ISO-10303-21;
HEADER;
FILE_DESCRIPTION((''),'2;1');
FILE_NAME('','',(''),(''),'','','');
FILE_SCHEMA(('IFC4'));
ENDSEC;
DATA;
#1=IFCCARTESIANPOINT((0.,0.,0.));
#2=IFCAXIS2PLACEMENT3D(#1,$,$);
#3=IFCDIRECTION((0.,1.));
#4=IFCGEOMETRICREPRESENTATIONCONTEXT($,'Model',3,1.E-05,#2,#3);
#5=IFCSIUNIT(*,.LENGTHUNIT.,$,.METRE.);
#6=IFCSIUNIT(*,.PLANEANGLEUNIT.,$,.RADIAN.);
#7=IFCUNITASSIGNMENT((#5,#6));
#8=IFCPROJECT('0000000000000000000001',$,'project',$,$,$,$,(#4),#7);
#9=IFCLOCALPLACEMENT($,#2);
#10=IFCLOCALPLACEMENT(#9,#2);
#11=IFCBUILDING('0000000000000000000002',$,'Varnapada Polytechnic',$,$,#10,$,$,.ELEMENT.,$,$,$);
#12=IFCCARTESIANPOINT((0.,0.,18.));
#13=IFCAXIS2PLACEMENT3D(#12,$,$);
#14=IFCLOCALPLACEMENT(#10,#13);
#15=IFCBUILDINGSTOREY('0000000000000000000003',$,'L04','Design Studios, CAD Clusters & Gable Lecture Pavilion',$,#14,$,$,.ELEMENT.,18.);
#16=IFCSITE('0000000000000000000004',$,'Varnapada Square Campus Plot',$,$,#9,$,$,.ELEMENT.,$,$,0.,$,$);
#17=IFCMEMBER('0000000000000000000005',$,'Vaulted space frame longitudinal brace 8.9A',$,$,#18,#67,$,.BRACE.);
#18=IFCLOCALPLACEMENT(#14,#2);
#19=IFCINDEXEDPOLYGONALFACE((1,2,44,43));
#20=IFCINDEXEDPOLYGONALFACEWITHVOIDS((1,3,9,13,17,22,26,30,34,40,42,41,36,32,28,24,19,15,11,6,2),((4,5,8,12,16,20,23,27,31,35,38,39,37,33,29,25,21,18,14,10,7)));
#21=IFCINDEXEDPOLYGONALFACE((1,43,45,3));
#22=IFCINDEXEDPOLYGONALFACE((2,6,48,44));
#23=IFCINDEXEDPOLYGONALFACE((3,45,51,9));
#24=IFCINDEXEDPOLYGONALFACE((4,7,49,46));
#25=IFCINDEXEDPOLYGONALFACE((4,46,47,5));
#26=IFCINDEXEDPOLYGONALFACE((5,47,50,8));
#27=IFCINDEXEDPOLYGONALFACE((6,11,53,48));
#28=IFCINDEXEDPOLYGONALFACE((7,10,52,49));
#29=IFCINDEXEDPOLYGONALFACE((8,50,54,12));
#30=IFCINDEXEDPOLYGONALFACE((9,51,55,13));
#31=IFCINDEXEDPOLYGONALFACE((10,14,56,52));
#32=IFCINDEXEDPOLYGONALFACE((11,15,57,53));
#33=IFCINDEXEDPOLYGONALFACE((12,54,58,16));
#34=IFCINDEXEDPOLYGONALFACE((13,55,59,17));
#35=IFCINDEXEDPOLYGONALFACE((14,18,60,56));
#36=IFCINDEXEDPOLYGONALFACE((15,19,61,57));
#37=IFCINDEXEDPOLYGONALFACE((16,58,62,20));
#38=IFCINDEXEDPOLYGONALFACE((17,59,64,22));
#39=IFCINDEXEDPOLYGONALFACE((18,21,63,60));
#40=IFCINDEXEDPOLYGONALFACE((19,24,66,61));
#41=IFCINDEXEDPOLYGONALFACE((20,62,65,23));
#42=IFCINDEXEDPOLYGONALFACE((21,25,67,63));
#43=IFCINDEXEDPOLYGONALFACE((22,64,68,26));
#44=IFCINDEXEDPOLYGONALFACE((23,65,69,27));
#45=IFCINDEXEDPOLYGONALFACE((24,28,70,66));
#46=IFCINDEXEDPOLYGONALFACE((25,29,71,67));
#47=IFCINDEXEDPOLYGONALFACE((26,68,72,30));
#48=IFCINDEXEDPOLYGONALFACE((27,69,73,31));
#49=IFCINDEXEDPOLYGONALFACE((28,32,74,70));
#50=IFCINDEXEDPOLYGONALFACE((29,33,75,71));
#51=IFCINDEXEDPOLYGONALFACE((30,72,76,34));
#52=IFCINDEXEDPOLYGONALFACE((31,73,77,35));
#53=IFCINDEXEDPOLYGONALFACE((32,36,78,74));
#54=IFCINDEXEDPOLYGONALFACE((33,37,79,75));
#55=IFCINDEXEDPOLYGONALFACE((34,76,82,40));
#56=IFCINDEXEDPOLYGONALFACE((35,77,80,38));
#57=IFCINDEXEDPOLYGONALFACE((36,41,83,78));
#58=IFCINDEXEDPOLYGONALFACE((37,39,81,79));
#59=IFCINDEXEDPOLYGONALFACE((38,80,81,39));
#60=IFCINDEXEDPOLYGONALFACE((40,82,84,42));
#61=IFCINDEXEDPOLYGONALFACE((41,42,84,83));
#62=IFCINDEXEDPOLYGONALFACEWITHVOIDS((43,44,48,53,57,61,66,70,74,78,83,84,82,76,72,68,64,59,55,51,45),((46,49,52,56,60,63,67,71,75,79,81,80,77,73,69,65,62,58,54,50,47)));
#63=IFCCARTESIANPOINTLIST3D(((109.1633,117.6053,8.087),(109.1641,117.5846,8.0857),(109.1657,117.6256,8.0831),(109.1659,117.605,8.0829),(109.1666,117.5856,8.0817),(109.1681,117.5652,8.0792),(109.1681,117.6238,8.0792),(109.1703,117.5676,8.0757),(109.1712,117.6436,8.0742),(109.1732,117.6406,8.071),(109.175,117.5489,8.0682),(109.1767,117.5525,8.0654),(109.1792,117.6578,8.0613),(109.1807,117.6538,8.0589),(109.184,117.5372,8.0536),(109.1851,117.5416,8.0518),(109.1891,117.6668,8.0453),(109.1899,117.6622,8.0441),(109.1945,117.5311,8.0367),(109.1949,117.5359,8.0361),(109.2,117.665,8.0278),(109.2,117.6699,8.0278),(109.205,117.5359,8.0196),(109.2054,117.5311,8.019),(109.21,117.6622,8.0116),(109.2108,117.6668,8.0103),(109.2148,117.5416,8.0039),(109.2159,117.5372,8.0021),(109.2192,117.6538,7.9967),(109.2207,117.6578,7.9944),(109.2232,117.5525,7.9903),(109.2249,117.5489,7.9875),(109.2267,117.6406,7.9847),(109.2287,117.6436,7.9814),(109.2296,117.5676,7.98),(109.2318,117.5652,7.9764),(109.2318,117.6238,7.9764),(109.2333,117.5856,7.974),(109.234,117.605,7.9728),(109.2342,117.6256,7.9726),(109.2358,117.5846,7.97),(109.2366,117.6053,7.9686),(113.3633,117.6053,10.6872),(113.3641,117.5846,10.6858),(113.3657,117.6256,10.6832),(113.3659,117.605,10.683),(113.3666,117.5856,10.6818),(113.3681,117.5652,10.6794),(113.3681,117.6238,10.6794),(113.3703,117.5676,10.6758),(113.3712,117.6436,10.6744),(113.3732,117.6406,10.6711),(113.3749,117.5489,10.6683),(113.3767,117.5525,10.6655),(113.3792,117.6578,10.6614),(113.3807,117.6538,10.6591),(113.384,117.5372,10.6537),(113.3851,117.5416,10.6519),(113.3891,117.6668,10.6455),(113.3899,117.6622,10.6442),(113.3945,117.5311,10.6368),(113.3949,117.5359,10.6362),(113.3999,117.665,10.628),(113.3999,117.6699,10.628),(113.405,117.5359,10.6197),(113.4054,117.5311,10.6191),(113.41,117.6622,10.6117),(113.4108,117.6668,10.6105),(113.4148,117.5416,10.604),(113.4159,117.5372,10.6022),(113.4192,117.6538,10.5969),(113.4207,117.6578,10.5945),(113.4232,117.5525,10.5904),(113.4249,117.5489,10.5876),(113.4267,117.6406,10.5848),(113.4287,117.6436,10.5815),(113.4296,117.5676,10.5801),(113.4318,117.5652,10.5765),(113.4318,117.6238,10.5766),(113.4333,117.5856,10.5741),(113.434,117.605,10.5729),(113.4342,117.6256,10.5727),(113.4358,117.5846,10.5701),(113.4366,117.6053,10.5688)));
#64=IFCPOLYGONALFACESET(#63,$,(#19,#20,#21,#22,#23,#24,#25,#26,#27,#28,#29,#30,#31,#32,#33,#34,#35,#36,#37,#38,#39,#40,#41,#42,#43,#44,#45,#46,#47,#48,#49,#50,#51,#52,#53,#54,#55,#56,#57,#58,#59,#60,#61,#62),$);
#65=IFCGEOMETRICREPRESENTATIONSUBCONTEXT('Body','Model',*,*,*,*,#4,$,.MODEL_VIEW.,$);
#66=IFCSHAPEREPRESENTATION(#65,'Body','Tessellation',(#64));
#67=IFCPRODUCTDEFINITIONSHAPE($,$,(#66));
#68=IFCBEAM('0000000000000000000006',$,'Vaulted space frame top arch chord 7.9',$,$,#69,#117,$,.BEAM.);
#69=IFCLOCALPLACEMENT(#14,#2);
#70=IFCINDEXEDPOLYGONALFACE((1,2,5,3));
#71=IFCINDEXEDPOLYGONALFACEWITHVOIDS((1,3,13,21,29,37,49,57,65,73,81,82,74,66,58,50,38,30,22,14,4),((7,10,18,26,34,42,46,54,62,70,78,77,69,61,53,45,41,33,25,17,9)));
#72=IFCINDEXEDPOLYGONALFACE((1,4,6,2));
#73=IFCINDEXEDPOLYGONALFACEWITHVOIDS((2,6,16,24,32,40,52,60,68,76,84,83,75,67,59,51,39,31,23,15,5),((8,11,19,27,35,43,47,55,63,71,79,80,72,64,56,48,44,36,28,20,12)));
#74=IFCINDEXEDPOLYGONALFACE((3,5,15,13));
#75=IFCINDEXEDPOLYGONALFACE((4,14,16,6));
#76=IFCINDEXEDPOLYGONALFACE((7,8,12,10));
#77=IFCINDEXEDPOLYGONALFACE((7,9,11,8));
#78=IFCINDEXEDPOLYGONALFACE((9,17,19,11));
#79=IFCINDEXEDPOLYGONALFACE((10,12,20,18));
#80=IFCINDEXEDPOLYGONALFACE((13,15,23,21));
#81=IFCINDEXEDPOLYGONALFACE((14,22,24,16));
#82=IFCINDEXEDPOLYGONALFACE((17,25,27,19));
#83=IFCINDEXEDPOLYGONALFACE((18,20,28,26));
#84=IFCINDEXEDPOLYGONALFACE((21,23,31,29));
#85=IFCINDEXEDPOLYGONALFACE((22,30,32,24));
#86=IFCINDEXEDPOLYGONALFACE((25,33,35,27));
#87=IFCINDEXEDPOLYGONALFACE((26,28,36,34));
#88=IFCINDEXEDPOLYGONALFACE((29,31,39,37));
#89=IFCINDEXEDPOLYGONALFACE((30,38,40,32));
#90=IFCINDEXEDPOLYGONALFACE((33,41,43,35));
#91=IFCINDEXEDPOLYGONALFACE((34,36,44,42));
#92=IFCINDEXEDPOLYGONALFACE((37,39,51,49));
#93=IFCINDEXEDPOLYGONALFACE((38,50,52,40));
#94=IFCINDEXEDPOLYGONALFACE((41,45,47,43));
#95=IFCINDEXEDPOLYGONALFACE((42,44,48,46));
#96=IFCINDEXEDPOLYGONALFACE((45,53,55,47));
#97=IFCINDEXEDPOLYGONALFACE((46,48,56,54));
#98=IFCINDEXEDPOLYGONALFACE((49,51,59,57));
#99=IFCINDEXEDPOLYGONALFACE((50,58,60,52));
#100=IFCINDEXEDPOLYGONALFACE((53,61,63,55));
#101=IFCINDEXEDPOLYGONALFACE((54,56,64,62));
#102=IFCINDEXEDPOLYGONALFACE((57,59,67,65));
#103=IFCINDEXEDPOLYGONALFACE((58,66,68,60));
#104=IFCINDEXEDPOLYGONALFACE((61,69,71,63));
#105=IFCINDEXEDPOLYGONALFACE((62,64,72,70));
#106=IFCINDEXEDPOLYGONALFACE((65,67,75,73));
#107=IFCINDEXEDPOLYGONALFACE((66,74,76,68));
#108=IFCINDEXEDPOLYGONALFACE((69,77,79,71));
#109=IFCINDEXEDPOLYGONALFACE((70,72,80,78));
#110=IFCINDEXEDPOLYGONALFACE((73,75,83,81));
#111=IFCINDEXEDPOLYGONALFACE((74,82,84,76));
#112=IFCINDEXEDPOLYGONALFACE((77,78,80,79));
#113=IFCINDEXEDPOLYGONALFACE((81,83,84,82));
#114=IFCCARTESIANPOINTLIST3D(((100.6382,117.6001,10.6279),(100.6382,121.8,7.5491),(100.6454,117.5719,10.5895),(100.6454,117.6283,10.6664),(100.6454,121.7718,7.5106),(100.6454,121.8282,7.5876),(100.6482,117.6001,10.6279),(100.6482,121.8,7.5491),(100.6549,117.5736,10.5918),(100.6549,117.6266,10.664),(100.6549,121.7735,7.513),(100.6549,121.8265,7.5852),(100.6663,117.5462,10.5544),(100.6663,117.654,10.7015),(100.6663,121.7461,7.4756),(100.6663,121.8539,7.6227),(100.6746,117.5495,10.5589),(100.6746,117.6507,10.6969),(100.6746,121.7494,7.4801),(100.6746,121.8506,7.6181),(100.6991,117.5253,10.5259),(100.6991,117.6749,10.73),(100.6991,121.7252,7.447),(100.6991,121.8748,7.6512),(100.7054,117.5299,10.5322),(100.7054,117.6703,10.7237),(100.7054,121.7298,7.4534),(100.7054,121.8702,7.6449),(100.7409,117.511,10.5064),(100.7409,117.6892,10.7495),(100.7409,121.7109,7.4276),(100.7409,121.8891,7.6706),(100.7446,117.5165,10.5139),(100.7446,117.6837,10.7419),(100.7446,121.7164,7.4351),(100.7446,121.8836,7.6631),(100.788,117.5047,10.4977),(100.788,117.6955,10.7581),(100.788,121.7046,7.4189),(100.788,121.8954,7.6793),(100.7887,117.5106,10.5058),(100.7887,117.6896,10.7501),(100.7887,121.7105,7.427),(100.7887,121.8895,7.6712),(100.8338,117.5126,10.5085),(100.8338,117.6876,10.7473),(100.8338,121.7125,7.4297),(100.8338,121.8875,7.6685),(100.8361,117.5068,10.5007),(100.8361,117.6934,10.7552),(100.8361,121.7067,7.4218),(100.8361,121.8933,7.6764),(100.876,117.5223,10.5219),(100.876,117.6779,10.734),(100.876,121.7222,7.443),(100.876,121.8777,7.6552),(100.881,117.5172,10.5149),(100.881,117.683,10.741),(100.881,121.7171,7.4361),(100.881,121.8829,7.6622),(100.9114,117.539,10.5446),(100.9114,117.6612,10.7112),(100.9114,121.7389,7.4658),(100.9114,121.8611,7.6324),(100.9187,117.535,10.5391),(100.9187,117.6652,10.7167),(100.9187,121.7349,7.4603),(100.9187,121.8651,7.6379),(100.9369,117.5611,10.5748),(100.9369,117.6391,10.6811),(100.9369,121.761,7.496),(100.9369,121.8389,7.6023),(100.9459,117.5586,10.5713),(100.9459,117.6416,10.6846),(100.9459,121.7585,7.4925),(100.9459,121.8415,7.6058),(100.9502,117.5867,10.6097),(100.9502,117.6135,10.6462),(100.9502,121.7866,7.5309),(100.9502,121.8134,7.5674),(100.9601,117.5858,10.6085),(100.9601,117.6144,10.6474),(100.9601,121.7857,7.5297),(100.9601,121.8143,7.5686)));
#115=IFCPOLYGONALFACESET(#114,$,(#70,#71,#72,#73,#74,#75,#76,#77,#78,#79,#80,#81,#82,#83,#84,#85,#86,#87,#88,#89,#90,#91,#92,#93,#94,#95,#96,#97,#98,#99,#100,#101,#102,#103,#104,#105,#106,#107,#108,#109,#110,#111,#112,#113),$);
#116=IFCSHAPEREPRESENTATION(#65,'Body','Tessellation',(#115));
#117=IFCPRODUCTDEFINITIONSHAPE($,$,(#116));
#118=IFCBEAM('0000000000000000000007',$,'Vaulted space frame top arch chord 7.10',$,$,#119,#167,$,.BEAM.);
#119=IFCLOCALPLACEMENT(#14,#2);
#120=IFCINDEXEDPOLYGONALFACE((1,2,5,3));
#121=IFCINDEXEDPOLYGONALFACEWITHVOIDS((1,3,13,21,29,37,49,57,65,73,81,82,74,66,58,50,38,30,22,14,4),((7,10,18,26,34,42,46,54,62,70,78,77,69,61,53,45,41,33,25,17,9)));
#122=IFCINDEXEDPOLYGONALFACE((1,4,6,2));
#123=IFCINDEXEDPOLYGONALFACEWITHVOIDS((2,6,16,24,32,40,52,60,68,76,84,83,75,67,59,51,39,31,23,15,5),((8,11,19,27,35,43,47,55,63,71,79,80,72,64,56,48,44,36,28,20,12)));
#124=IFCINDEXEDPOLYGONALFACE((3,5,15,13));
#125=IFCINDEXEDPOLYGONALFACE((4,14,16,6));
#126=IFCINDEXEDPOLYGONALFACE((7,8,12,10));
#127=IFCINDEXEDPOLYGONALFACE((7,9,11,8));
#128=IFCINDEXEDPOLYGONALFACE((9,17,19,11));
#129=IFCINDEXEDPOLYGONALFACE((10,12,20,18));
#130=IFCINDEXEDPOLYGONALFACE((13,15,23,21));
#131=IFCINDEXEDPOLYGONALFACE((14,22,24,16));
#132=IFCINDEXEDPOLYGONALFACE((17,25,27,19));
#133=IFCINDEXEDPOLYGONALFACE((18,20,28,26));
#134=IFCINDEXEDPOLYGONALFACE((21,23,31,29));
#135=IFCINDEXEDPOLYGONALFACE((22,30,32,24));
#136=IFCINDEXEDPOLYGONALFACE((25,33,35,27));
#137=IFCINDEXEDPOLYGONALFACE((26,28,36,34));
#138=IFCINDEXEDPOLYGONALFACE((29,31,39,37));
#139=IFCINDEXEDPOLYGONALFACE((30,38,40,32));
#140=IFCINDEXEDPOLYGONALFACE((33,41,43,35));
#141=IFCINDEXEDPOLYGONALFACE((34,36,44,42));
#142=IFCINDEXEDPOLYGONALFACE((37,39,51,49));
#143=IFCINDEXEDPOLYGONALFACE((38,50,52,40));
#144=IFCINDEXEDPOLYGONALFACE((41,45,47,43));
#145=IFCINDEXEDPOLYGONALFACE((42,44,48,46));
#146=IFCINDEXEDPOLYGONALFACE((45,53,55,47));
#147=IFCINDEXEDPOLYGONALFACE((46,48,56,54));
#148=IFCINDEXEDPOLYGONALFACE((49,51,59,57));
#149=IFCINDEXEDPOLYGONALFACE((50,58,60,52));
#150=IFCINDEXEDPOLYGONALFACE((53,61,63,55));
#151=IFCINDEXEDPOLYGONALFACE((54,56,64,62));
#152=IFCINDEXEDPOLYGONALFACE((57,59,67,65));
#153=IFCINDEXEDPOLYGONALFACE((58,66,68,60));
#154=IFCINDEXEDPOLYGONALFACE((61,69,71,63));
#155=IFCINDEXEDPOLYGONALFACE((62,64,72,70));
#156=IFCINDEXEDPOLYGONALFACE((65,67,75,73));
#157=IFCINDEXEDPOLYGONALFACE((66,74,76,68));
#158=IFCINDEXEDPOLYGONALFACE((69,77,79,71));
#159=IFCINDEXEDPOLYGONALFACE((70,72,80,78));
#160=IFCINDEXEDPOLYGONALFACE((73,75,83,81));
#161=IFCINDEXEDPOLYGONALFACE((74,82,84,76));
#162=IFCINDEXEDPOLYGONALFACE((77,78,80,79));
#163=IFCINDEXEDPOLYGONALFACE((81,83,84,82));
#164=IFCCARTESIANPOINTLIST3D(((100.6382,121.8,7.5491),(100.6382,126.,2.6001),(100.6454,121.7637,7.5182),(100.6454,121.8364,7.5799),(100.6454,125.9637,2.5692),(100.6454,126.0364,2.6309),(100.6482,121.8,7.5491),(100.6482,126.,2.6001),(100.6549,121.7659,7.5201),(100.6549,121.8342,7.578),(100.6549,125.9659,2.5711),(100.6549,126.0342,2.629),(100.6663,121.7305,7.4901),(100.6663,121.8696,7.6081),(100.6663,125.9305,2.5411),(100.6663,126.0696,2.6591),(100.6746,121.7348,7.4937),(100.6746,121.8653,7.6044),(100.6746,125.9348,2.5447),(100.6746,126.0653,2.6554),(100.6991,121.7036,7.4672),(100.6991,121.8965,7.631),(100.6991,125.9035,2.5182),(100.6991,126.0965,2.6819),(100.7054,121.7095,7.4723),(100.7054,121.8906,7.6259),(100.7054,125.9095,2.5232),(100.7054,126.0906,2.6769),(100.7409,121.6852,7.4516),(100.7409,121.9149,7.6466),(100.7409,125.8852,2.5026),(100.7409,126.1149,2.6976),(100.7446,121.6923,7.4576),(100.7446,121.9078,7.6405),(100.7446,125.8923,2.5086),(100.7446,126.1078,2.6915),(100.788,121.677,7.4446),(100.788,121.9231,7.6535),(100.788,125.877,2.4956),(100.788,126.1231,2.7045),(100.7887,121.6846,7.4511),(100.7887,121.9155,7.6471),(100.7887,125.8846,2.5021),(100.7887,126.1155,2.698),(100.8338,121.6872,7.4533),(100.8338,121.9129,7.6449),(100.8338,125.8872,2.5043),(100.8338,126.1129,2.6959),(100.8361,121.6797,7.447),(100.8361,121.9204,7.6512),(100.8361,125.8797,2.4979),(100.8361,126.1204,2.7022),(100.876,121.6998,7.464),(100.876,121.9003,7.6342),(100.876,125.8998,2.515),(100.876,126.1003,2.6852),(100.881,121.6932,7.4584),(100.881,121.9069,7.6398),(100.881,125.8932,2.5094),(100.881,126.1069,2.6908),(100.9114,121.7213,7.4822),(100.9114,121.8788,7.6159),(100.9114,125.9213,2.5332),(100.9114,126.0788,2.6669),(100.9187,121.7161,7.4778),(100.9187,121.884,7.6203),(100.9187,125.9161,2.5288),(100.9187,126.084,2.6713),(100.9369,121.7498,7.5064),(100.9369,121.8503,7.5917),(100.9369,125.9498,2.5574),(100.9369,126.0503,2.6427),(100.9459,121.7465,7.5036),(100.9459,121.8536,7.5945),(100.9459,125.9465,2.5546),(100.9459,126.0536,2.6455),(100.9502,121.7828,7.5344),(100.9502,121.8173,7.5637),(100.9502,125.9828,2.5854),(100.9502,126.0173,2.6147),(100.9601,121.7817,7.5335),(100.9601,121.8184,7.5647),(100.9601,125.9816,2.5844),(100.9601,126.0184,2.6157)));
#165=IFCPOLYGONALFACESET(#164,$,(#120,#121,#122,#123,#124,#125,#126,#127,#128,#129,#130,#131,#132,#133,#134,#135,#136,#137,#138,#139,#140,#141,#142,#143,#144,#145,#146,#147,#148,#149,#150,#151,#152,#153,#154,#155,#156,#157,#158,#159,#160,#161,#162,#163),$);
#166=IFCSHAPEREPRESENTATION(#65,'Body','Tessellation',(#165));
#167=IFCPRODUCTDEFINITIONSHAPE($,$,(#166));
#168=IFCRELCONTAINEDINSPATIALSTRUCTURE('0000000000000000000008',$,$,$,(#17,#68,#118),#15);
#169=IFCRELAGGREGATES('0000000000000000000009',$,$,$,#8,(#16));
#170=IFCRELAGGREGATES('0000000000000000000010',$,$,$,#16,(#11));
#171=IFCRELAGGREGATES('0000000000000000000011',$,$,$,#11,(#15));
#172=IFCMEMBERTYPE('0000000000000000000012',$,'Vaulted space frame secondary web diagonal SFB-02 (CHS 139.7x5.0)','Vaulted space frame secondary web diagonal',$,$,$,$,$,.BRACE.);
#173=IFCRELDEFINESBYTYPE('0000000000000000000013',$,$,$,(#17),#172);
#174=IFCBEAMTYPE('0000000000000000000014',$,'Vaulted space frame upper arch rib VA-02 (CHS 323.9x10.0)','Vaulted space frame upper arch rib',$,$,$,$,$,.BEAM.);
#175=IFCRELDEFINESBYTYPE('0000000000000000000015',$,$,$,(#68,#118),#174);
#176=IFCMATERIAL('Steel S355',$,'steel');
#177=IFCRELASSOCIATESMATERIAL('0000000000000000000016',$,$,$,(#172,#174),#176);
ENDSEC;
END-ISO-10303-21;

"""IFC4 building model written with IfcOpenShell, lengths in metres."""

from ifc_helpers import new_model, si_unit, direction, frame, origin, origin_2d, place, context, subcontext, project, spatial, hollow_circle, extrude, material, material_profile, profile_set, type_object, element, save


model = new_model("IFC4")

# Units and contexts
model_context = context("Model", 3, precision=1e-05, world=origin(), true_north=direction((0.0, 1.0)))
body_context = subcontext(model_context, "Body", "Model", "MODEL_VIEW")
ifc_project = project(units=[si_unit("LENGTHUNIT", "METRE"), si_unit("PLANEANGLEUNIT", "RADIAN")], contexts=[model_context])

# Site, building, storey
site_placement = place(None, origin())
site = spatial("IfcSite", under=ifc_project, at=site_placement, Name="Varnapada Square Campus Plot", CompositionType="ELEMENT", RefElevation=0.0)
building_placement = place(site_placement, origin())
building = spatial("IfcBuilding", under=site, at=building_placement, Name="Varnapada Polytechnic", CompositionType="ELEMENT")
storey_placement = place(building_placement, frame((0.0, 0.0, 18.0)))
storey = spatial("IfcBuildingStorey", under=building, at=storey_placement, Name="L04", Description="Design Studios, CAD Clusters & Gable Lecture Pavilion", CompositionType="ELEMENT", Elevation=18.0)

# Shared definitions
ifc_material = material(Name="Steel S355", Category="steel")

# Member
ifc_material_profile_1 = material_profile(ifc_material, hollow_circle(Radius=0.0698, WallThickness=0.0049, at=origin_2d()), Name="CHS 139.7x5.0")
ifc_profile_set_1 = profile_set([ifc_material_profile_1], Name="Steel S355")
member_type_1 = type_object("IfcMemberType", Name="Vaulted space frame secondary web diagonal SFB-02 (CHS 139.7x5.0)", Description="Vaulted space frame secondary web diagonal", PredefinedType="BRACE", material=ifc_profile_set_1)
for number, where, z_axis, x_axis, name in (
    (1, (109.2, 117.6001, 8.0278), (0.850254, 0.0, 0.526373), (0.0, 1.0, 0.0), "Vaulted space frame longitudinal brace 8.9A"),
):
    element("IfcMember", number, at=place(storey_placement, frame(where, z_axis=z_axis, x_axis=x_axis)), inside=storey, type_object=member_type_1, Name=name, PredefinedType="BRACE", context=body_context, shape_type="SweptSolid", body=[
        extrude(hollow_circle(Radius=0.0698, WallThickness=0.0049, at=origin_2d()), origin(), (0.0, 0.0, 1.0), 4.9397),
    ])

# Beams
ifc_material_profile_2 = material_profile(ifc_material, hollow_circle(Radius=0.1619, WallThickness=0.01, at=origin_2d()), Name="CHS 323.9x10.0")
ifc_profile_set_2 = profile_set([ifc_material_profile_2], Name="Steel S355")
beam_type_1 = type_object("IfcBeamType", Name="Vaulted space frame upper arch rib VA-02 (CHS 323.9x10.0)", Description="Vaulted space frame upper arch rib", PredefinedType="BEAM", material=ifc_profile_set_2)
beam_1_placement = place(storey_placement, frame((100.8, 117.6001, 10.6279), z_axis=(0.0, 0.806506, -0.591225), x_axis=(-1.0, 0.0, 0.0)))
element("IfcBeam", 2, at=beam_1_placement, inside=storey, type_object=beam_type_1, Name="Vaulted space frame top arch chord 7.9", PredefinedType="BEAM", context=body_context, shape_type="SweptSolid", body=[
    extrude(hollow_circle(Radius=0.1619, WallThickness=0.01, at=origin_2d()), origin(), (0.0, 0.0, 1.0), 5.2075),
])
beam_2_placement = place(storey_placement, frame((100.8, 121.8, 7.5491), z_axis=(0.0, 0.647051, -0.762447), x_axis=(-1.0, 0.0, 0.0)))
element("IfcBeam", 3, at=beam_2_placement, inside=storey, type_object=beam_type_1, Name="Vaulted space frame top arch chord 7.10", PredefinedType="BEAM", context=body_context, shape_type="SweptSolid", body=[
    extrude(hollow_circle(Radius=0.1619, WallThickness=0.01, at=origin_2d()), origin(), (0.0, 0.0, 1.0), 6.491),
])

save(model, "model.ifc")
